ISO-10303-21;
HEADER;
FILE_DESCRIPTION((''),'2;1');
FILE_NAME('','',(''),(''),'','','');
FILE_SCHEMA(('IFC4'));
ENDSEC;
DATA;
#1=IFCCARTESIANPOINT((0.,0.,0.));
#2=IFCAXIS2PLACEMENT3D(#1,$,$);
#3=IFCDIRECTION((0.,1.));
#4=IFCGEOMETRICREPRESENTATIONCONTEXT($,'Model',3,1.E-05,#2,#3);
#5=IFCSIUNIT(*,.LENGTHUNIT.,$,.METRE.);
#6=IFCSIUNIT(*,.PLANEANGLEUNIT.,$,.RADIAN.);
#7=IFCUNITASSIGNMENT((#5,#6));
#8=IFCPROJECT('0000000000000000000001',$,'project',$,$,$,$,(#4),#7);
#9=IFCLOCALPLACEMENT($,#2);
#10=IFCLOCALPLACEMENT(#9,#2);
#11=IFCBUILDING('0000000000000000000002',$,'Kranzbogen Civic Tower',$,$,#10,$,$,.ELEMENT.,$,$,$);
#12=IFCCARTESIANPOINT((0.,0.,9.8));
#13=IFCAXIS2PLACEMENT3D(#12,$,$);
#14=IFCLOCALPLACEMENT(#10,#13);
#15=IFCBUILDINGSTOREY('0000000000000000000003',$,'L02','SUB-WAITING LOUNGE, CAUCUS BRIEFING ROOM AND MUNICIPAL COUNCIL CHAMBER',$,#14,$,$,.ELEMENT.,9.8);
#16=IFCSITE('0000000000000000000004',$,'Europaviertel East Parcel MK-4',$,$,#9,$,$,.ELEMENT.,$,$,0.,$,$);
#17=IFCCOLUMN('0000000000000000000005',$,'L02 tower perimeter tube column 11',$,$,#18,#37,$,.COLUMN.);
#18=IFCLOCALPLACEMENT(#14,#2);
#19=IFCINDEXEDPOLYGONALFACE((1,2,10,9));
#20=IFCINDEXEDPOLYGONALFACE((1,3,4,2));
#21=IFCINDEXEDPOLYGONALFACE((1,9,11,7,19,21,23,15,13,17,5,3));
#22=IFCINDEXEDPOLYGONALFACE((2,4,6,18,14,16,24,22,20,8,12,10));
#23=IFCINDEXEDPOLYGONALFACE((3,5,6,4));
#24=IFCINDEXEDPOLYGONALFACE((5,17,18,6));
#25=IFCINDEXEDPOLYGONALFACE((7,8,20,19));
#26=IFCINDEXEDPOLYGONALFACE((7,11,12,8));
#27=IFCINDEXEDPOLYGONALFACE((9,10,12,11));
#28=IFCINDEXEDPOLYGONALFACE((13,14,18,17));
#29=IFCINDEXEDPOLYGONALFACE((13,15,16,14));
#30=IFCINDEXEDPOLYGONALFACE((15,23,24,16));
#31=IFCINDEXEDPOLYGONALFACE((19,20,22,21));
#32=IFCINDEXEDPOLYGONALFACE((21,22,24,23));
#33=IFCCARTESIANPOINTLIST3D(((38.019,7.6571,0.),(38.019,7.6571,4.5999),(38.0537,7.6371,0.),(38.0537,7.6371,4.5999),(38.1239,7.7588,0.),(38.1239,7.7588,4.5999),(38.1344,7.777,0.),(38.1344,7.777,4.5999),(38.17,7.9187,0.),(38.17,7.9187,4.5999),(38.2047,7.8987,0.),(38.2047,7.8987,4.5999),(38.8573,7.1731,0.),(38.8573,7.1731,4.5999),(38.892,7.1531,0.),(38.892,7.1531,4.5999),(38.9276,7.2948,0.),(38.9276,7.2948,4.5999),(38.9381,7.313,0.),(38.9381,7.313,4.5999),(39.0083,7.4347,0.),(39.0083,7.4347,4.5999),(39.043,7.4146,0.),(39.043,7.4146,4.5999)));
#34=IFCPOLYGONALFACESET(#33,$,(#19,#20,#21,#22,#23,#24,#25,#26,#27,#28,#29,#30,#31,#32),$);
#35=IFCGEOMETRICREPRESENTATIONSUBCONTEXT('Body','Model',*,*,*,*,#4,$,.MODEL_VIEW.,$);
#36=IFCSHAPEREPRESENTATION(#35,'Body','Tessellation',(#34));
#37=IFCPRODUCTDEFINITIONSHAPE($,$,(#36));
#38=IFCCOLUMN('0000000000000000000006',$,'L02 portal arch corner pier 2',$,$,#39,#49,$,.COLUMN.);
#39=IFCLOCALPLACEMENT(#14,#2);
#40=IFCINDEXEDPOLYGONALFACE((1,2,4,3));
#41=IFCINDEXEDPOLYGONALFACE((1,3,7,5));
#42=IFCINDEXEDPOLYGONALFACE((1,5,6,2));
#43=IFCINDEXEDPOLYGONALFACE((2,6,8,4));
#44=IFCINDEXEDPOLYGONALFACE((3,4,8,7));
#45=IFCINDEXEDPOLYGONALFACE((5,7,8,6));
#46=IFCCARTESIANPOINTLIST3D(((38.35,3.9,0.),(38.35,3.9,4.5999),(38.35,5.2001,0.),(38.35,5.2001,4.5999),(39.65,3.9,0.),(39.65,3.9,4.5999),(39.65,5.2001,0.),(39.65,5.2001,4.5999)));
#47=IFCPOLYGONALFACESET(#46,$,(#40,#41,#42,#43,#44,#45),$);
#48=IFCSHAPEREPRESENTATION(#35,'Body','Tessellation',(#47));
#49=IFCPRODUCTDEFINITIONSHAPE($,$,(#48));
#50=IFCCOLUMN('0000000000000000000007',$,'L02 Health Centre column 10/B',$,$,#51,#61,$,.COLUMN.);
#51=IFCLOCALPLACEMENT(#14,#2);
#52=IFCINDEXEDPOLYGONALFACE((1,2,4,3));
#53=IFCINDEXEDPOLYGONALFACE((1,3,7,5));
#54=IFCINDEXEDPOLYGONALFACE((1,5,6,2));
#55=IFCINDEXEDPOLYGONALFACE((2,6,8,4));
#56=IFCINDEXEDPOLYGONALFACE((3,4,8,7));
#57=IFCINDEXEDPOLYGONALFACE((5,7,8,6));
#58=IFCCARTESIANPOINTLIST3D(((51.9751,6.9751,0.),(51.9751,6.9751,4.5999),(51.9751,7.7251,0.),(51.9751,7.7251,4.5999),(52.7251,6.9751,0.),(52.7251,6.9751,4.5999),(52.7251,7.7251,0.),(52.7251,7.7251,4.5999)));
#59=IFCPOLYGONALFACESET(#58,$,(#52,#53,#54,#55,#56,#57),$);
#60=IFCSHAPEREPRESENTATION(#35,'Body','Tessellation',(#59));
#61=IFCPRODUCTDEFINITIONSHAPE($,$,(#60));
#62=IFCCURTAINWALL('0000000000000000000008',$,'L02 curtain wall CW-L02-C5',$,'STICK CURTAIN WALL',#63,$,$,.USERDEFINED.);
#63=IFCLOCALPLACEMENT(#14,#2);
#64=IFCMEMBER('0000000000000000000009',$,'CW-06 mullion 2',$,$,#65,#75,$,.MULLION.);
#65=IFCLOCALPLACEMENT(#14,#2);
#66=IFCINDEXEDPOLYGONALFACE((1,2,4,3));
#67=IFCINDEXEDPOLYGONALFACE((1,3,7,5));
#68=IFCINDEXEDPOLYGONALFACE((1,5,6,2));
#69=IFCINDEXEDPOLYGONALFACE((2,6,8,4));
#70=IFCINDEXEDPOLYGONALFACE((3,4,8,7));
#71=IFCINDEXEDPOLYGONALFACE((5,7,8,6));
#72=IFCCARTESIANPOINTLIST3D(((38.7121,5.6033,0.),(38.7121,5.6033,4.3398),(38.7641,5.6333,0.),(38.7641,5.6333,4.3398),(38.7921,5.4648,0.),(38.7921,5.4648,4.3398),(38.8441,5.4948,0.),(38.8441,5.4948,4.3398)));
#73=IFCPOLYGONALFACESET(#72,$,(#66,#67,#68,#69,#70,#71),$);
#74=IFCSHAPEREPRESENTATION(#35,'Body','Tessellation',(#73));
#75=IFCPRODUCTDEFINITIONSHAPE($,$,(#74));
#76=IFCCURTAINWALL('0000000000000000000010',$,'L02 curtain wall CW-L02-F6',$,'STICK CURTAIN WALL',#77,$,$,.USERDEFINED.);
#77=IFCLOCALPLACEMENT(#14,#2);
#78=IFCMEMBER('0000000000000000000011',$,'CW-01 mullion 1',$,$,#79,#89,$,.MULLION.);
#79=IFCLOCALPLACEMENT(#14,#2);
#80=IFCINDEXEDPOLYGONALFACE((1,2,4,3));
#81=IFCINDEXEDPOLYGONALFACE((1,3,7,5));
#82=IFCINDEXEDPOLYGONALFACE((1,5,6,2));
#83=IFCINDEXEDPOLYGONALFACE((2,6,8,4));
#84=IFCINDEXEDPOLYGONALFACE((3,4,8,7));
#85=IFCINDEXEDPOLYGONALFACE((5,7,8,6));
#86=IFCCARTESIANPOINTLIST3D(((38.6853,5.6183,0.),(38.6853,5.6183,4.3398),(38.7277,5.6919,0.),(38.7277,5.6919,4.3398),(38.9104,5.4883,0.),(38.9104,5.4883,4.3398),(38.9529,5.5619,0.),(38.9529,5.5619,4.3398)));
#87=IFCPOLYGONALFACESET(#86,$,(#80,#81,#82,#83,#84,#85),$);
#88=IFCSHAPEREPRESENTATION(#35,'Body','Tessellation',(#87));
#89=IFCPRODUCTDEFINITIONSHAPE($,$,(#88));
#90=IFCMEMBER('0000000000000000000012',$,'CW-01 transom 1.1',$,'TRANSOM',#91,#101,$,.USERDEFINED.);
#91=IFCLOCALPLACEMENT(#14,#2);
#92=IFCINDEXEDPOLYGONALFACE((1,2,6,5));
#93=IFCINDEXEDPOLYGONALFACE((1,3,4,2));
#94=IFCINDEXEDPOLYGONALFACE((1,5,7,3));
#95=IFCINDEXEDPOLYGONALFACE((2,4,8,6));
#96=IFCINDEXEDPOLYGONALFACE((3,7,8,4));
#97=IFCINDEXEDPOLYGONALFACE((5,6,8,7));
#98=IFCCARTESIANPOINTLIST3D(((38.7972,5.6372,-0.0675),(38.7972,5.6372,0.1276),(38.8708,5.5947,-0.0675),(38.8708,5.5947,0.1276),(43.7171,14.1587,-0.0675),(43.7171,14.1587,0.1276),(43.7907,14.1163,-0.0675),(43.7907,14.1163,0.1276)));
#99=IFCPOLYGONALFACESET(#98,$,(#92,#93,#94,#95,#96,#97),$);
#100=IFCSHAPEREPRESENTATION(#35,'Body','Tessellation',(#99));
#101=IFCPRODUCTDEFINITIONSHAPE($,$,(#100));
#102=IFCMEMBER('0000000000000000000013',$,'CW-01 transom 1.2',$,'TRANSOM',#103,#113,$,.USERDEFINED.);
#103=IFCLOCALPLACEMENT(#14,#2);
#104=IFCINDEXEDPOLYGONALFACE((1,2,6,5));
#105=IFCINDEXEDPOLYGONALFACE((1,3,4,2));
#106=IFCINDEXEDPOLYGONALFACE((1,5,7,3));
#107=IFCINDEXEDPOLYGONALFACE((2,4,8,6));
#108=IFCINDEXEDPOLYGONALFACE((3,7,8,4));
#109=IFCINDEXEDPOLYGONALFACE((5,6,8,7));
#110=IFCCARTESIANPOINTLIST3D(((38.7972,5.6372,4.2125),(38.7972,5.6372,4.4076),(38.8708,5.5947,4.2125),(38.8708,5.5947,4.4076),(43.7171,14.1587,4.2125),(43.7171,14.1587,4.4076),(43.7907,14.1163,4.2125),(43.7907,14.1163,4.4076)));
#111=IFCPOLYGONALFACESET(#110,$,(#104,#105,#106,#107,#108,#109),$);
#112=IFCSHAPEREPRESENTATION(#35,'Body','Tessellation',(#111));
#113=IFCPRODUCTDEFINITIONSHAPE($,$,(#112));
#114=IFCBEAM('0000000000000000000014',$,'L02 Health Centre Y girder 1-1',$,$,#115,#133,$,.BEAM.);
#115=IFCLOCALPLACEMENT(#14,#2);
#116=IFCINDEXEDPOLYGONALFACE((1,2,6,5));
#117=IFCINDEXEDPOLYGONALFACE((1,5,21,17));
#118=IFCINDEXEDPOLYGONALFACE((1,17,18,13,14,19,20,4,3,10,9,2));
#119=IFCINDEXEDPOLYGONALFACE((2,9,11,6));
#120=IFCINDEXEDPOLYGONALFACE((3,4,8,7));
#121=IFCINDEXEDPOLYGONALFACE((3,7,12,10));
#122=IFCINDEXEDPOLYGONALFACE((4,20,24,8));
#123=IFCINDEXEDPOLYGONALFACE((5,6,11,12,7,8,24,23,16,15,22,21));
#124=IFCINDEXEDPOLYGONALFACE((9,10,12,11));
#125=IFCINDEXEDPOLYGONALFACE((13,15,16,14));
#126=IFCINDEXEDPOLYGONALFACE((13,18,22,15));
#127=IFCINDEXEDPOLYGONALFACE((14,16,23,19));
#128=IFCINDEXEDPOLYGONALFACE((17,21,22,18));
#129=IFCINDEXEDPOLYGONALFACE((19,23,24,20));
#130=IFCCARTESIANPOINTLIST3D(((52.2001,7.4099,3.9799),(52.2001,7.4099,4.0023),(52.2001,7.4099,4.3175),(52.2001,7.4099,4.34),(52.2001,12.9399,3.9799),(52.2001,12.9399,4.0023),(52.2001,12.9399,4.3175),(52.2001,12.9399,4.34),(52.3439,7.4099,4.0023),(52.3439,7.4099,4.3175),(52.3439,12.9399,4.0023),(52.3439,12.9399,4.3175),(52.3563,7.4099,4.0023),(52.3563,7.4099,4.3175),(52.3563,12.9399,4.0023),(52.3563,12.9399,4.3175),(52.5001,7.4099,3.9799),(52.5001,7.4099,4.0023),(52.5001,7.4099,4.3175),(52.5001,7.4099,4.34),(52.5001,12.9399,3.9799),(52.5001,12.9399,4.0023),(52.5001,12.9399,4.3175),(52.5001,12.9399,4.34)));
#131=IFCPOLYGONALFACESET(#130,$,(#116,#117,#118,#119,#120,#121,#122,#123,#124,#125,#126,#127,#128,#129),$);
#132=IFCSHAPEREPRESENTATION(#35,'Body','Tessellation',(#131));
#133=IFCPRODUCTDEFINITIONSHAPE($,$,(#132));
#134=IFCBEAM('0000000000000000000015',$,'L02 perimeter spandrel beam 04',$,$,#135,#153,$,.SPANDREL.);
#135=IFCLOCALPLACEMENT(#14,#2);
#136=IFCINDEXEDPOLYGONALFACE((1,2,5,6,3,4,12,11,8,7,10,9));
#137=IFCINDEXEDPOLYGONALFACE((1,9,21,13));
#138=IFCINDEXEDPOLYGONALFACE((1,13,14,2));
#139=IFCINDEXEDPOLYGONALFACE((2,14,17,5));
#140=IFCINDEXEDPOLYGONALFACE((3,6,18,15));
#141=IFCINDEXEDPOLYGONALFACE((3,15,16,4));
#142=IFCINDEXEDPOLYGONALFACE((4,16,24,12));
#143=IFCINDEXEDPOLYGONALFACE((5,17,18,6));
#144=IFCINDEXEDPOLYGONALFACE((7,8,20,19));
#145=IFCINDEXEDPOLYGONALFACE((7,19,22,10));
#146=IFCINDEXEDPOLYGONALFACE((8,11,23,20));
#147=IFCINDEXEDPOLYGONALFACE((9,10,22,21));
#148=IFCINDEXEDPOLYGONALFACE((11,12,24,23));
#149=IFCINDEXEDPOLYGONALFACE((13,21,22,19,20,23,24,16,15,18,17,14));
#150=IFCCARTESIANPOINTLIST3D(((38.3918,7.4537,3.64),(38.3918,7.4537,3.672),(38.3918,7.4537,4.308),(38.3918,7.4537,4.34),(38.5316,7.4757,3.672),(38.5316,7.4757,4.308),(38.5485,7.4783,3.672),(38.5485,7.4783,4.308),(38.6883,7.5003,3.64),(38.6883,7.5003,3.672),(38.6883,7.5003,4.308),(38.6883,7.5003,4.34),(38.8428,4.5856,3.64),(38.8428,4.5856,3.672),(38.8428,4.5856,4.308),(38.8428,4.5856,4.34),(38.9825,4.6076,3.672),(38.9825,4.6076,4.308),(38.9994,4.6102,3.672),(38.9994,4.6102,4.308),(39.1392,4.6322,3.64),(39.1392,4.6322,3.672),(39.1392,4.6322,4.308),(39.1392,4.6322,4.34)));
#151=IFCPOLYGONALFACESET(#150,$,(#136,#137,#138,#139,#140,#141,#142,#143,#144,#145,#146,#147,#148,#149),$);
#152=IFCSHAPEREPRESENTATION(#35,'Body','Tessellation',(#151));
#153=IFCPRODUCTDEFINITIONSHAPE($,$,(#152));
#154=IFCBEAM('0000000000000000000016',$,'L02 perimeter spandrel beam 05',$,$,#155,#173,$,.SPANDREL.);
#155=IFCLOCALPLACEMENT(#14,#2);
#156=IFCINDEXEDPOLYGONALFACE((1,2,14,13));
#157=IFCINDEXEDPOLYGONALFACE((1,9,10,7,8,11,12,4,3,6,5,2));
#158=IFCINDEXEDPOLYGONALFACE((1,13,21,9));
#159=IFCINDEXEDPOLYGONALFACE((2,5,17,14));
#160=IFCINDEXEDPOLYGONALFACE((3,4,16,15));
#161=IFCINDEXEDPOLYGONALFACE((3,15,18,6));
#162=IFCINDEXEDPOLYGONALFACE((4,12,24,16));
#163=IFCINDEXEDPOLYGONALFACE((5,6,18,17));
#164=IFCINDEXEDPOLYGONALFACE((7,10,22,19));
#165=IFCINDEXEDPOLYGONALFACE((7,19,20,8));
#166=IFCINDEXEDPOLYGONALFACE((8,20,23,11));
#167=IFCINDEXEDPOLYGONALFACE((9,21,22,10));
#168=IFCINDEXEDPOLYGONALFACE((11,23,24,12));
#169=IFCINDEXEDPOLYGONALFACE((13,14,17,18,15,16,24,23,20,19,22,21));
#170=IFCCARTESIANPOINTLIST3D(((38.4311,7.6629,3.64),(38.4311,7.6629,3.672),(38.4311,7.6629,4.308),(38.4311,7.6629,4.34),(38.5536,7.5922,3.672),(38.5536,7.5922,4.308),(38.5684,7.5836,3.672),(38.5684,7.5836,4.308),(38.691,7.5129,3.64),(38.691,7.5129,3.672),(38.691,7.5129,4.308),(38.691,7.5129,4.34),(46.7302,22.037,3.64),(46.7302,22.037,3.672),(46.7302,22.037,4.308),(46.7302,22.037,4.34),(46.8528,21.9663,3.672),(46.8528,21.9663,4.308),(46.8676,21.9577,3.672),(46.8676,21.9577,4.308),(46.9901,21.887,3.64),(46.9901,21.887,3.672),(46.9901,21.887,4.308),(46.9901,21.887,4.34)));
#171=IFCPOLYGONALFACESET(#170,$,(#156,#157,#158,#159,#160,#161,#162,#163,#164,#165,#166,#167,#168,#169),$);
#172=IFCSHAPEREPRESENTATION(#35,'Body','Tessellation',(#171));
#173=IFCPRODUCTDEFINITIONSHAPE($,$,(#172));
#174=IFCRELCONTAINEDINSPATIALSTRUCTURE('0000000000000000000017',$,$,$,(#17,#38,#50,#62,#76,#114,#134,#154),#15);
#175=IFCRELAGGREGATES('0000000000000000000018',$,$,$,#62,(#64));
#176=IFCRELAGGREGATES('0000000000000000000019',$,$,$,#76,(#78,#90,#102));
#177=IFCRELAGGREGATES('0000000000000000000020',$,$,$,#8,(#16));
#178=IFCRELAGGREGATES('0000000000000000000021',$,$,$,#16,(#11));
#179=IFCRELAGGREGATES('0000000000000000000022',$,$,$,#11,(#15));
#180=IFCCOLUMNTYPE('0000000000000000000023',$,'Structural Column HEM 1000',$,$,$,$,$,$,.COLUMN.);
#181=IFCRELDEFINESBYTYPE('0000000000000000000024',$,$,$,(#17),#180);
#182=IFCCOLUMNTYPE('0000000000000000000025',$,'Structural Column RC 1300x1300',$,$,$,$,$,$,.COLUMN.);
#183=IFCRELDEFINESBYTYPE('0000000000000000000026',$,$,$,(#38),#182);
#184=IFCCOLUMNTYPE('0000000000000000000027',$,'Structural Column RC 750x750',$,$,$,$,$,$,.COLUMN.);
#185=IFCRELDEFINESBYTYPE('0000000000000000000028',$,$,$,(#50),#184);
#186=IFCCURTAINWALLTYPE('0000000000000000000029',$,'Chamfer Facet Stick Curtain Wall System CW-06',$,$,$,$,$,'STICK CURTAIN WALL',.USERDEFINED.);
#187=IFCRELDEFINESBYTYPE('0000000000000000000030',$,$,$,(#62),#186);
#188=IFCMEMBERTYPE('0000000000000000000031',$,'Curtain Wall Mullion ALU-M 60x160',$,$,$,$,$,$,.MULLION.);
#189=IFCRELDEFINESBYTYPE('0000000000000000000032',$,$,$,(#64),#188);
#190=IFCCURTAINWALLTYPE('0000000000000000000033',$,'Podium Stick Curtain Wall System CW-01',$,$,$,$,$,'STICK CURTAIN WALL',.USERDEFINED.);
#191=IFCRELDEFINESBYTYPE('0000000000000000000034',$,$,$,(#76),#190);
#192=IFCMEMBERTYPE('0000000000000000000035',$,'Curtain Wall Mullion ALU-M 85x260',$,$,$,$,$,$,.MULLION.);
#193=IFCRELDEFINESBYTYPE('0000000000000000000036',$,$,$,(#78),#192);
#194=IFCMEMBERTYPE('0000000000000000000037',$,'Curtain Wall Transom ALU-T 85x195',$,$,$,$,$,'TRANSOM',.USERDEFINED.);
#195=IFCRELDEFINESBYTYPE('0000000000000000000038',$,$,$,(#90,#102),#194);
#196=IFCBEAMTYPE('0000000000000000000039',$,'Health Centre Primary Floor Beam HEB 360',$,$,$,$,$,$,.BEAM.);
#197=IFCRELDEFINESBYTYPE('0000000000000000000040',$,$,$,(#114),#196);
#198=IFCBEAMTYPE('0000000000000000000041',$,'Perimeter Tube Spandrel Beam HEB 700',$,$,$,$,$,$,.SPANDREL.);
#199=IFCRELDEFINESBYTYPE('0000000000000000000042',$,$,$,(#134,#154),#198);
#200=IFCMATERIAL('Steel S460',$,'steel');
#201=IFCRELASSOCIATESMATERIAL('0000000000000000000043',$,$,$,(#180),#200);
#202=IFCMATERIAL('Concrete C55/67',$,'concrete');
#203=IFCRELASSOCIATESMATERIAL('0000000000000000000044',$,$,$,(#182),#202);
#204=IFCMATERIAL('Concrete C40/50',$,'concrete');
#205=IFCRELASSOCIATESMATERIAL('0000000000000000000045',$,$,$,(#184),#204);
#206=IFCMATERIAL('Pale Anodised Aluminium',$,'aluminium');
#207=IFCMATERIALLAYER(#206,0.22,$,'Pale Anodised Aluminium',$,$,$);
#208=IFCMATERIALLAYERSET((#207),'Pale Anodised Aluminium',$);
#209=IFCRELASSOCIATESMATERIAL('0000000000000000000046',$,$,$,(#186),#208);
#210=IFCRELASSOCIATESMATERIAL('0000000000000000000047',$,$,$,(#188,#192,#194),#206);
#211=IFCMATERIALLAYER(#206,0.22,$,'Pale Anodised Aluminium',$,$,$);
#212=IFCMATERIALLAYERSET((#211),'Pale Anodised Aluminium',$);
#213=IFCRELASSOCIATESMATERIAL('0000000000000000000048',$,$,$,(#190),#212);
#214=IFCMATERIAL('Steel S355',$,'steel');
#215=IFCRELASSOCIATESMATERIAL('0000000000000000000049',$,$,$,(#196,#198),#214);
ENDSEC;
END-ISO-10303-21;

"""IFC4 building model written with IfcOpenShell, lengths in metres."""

from ifc_helpers import new_model, si_unit, direction, frame, origin, origin_2d, place, context, subcontext, project, spatial, rectangle, i_section, extrude, material, layer, layer_set, material_profile, profile_set, type_object, element, aggregate, save


model = new_model("IFC4")

# Units and contexts
model_context = context("Model", 3, precision=1e-05, world=origin(), true_north=direction((0.0, 1.0)))
body_context = subcontext(model_context, "Body", "Model", "MODEL_VIEW")
ifc_project = project(units=[si_unit("LENGTHUNIT", "METRE"), si_unit("PLANEANGLEUNIT", "RADIAN")], contexts=[model_context])

# Site, building, storey
site_placement = place(None, origin())
site = spatial("IfcSite", under=ifc_project, at=site_placement, Name="Europaviertel East Parcel MK-4", CompositionType="ELEMENT", RefElevation=0.0)
building_placement = place(site_placement, origin())
building = spatial("IfcBuilding", under=site, at=building_placement, Name="Kranzbogen Civic Tower", CompositionType="ELEMENT")
storey_placement = place(building_placement, frame((0.0, 0.0, 9.8)))
storey = spatial("IfcBuildingStorey", under=building, at=storey_placement, Name="L02", Description="SUB-WAITING LOUNGE, CAUCUS BRIEFING ROOM AND MUNICIPAL COUNCIL CHAMBER", CompositionType="ELEMENT", Elevation=9.8)

# Columns
ifc_material_1 = material(Name="Steel S460", Category="steel")
ifc_material_profile_1 = material_profile(ifc_material_1, i_section(OverallWidth=0.302, OverallDepth=1.0081, WebThickness=0.021, FlangeThickness=0.04, at=origin_2d()), Name="HEM 1000")
ifc_profile_set_1 = profile_set([ifc_material_profile_1], Name="Steel S460")
column_type_1 = type_object("IfcColumnType", Name="Structural Column HEM 1000", PredefinedType="COLUMN", material=ifc_profile_set_1)
column_1_placement = place(storey_placement, frame((38.531, 7.5359, 0.0), z_axis=(0.0, 0.0, 1.0), x_axis=(0.5, 0.866025, 0.0)))
element("IfcColumn", 1, at=column_1_placement, inside=storey, type_object=column_type_1, Name="L02 tower perimeter tube column 11", PredefinedType="COLUMN", context=body_context, shape_type="SweptSolid", body=[
    extrude(i_section(OverallWidth=0.302, OverallDepth=1.0081, WebThickness=0.021, FlangeThickness=0.04, at=origin_2d()), origin(), (0.0, 0.0, 1.0), 4.5999),
])
ifc_material_2 = material(Name="Concrete C55/67", Category="concrete")
ifc_material_profile_2 = material_profile(ifc_material_2, rectangle(XDim=1.3, YDim=1.3, at=origin_2d()), Name="RC 1300x1300")
ifc_profile_set_2 = profile_set([ifc_material_profile_2], Name="Concrete C55/67")
column_type_2 = type_object("IfcColumnType", Name="Structural Column RC 1300x1300", PredefinedType="COLUMN", material=ifc_profile_set_2)
column_2_placement = place(storey_placement, frame((39.0, 4.55, 0.0), z_axis=(0.0, 0.0, 1.0), x_axis=(1.0, 0.0, 0.0)))
element("IfcColumn", 2, at=column_2_placement, inside=storey, type_object=column_type_2, Name="L02 portal arch corner pier 2", PredefinedType="COLUMN", context=body_context, shape_type="SweptSolid", body=[
    extrude(rectangle(XDim=1.3, YDim=1.3, at=origin_2d()), origin(), (0.0, 0.0, 1.0), 4.5999),
])
ifc_material_3 = material(Name="Concrete C40/50", Category="concrete")
ifc_material_profile_3 = material_profile(ifc_material_3, rectangle(XDim=0.75, YDim=0.75, at=origin_2d()), Name="RC 750x750")
ifc_profile_set_3 = profile_set([ifc_material_profile_3], Name="Concrete C40/50")
column_type_3 = type_object("IfcColumnType", Name="Structural Column RC 750x750", PredefinedType="COLUMN", material=ifc_profile_set_3)
column_3_placement = place(storey_placement, frame((52.3501, 7.3501, 0.0), z_axis=(0.0, 0.0, 1.0), x_axis=(1.0, 0.0, 0.0)))
element("IfcColumn", 3, at=column_3_placement, inside=storey, type_object=column_type_3, Name="L02 Health Centre column 10/B", PredefinedType="COLUMN", context=body_context, shape_type="SweptSolid", body=[
    extrude(rectangle(XDim=0.75, YDim=0.75, at=origin_2d()), origin(), (0.0, 0.0, 1.0), 4.5999),
])

# Curtain wall, member
ifc_material_4 = material(Name="Pale Anodised Aluminium", Category="aluminium")
ifc_layer_1 = layer(ifc_material_4, 0.22, Name="Pale Anodised Aluminium")
ifc_layer_set_1 = layer_set([ifc_layer_1], Name="Pale Anodised Aluminium")
curtain_wall_type_1 = type_object("IfcCurtainWallType", Name="Chamfer Facet Stick Curtain Wall System CW-06", ElementType="STICK CURTAIN WALL", PredefinedType="USERDEFINED", material=ifc_layer_set_1)
curtain_wall_1_placement = place(storey_placement, origin())
curtain_wall_1 = element("IfcCurtainWall", 4, at=curtain_wall_1_placement, inside=storey, type_object=curtain_wall_type_1, Name="L02 curtain wall CW-L02-C5", ObjectType="STICK CURTAIN WALL", PredefinedType="USERDEFINED")
ifc_material_profile_4 = material_profile(ifc_material_4, rectangle(XDim=0.0601, YDim=0.1599, at=origin_2d()), Name="ALU-M 60x160")
ifc_profile_set_4 = profile_set([ifc_material_profile_4], Name="Pale Anodised Aluminium")
member_type_1 = type_object("IfcMemberType", Name="Curtain Wall Mullion ALU-M 60x160", PredefinedType="MULLION", material=ifc_profile_set_4)
member_1_placement = place(storey_placement, frame((38.7781, 5.5491, 0.0), z_axis=(0.0, 0.0, 1.0), x_axis=(0.865992, 0.500058, 0.0)))
member_1 = element("IfcMember", 5, at=member_1_placement, type_object=member_type_1, Name="CW-06 mullion 2", PredefinedType="MULLION", context=body_context, shape_type="SweptSolid", body=[
    extrude(rectangle(XDim=0.0601, YDim=0.1599, at=origin_2d()), origin(), (0.0, 0.0, 1.0), 4.3398),
])

# Curtain wall, members
ifc_layer_2 = layer(ifc_material_4, 0.22, Name="Pale Anodised Aluminium")
ifc_layer_set_2 = layer_set([ifc_layer_2], Name="Pale Anodised Aluminium")
curtain_wall_type_2 = type_object("IfcCurtainWallType", Name="Podium Stick Curtain Wall System CW-01", ElementType="STICK CURTAIN WALL", PredefinedType="USERDEFINED", material=ifc_layer_set_2)
curtain_wall_2_placement = place(storey_placement, origin())
curtain_wall_2 = element("IfcCurtainWall", 6, at=curtain_wall_2_placement, inside=storey, type_object=curtain_wall_type_2, Name="L02 curtain wall CW-L02-F6", ObjectType="STICK CURTAIN WALL", PredefinedType="USERDEFINED")
ifc_material_profile_5 = material_profile(ifc_material_4, rectangle(XDim=0.085, YDim=0.26, at=origin_2d()), Name="ALU-M 85x260")
ifc_profile_set_5 = profile_set([ifc_material_profile_5], Name="Pale Anodised Aluminium")
member_type_2 = type_object("IfcMemberType", Name="Curtain Wall Mullion ALU-M 85x260", PredefinedType="MULLION", material=ifc_profile_set_5)
member_2_placement = place(storey_placement, frame((38.8191, 5.5901, 0.0), z_axis=(0.0, 0.0, 1.0), x_axis=(0.500006, 0.866022, 0.0)))
member_2 = element("IfcMember", 7, at=member_2_placement, type_object=member_type_2, Name="CW-01 mullion 1", PredefinedType="MULLION", context=body_context, shape_type="SweptSolid", body=[
    extrude(rectangle(XDim=0.085, YDim=0.26, at=origin_2d()), origin(), (0.0, 0.0, 1.0), 4.3398),
])
ifc_material_profile_6 = material_profile(ifc_material_4, rectangle(XDim=0.085, YDim=0.1951, at=origin_2d()), Name="ALU-T 85x195")
ifc_profile_set_6 = profile_set([ifc_material_profile_6], Name="Pale Anodised Aluminium")
member_type_3 = type_object("IfcMemberType", Name="Curtain Wall Transom ALU-T 85x195", ElementType="TRANSOM", PredefinedType="USERDEFINED", material=ifc_profile_set_6)
member_3_placement = place(storey_placement, frame((38.834, 5.616, 0.03), z_axis=(0.500003, 0.866024, 0.0), x_axis=(-0.866024, 0.500003, 0.0)))
member_3 = element("IfcMember", 8, at=member_3_placement, type_object=member_type_3, Name="CW-01 transom 1.1", ObjectType="TRANSOM", PredefinedType="USERDEFINED", context=body_context, shape_type="SweptSolid", body=[
    extrude(rectangle(XDim=0.085, YDim=0.1951, at=origin_2d()), origin(), (0.0, 0.0, 1.0), 9.8398),
])
member_4_placement = place(storey_placement, frame((38.834, 5.616, 4.3101), z_axis=(0.500003, 0.866024, 0.0), x_axis=(-0.866024, 0.500003, 0.0)))
member_4 = element("IfcMember", 9, at=member_4_placement, type_object=member_type_3, Name="CW-01 transom 1.2", ObjectType="TRANSOM", PredefinedType="USERDEFINED", context=body_context, shape_type="SweptSolid", body=[
    extrude(rectangle(XDim=0.085, YDim=0.1951, at=origin_2d()), origin(), (0.0, 0.0, 1.0), 9.8398),
])

# Beams
ifc_material_5 = material(Name="Steel S355", Category="steel")
ifc_material_profile_7 = material_profile(ifc_material_5, i_section(OverallWidth=0.3, OverallDepth=0.3601, WebThickness=0.0125, FlangeThickness=0.0225, at=origin_2d()), Name="HEB 360")
ifc_profile_set_7 = profile_set([ifc_material_profile_7], Name="Steel S355")
beam_type_1 = type_object("IfcBeamType", Name="Health Centre Primary Floor Beam HEB 360", PredefinedType="BEAM", material=ifc_profile_set_7)
beam_1_placement = place(storey_placement, frame((52.3501, 7.4099, 4.1599), z_axis=(0.0, 1.0, 0.0), x_axis=(-1.0, 0.0, 0.0)))
element("IfcBeam", 10, at=beam_1_placement, inside=storey, type_object=beam_type_1, Name="L02 Health Centre Y girder 1-1", PredefinedType="BEAM", context=body_context, shape_type="SweptSolid", body=[
    extrude(i_section(OverallWidth=0.3, OverallDepth=0.3601, WebThickness=0.0125, FlangeThickness=0.0225, at=origin_2d()), origin(), (0.0, 0.0, 1.0), 5.53),
])
ifc_material_profile_8 = material_profile(ifc_material_5, i_section(OverallWidth=0.3, OverallDepth=0.7, WebThickness=0.0171, FlangeThickness=0.032, at=origin_2d()), Name="HEB 700")
ifc_profile_set_8 = profile_set([ifc_material_profile_8], Name="Steel S355")
beam_type_2 = type_object("IfcBeamType", Name="Perimeter Tube Spandrel Beam HEB 700", PredefinedType="SPANDREL", material=ifc_profile_set_8)
beam_2_placement = place(storey_placement, frame((38.991, 4.6089, 3.99), z_axis=(-0.155311, 0.987866, 0.0), x_axis=(-0.987866, -0.155311, 0.0)))
element("IfcBeam", 11, at=beam_2_placement, inside=storey, type_object=beam_type_2, Name="L02 perimeter spandrel beam 04", PredefinedType="SPANDREL", context=body_context, shape_type="SweptSolid", body=[
    extrude(i_section(OverallWidth=0.3, OverallDepth=0.7, WebThickness=0.0171, FlangeThickness=0.032, at=origin_2d()), origin(), (0.0, 0.0, 1.0), 2.9033),
])
beam_3_placement = place(storey_placement, frame((38.561, 7.5879, 3.99), z_axis=(0.50001, 0.86602, 0.0), x_axis=(-0.86602, 0.50001, 0.0)))
element("IfcBeam", 12, at=beam_3_placement, inside=storey, type_object=beam_type_2, Name="L02 perimeter spandrel beam 05", PredefinedType="SPANDREL", context=body_context, shape_type="SweptSolid", body=[
    extrude(i_section(OverallWidth=0.3, OverallDepth=0.7, WebThickness=0.0171, FlangeThickness=0.032, at=origin_2d()), origin(), (0.0, 0.0, 1.0), 16.5979),
])

aggregate(curtain_wall_1, [member_1])
aggregate(curtain_wall_2, [member_2, member_3, member_4])

save(model, "model.ifc")
